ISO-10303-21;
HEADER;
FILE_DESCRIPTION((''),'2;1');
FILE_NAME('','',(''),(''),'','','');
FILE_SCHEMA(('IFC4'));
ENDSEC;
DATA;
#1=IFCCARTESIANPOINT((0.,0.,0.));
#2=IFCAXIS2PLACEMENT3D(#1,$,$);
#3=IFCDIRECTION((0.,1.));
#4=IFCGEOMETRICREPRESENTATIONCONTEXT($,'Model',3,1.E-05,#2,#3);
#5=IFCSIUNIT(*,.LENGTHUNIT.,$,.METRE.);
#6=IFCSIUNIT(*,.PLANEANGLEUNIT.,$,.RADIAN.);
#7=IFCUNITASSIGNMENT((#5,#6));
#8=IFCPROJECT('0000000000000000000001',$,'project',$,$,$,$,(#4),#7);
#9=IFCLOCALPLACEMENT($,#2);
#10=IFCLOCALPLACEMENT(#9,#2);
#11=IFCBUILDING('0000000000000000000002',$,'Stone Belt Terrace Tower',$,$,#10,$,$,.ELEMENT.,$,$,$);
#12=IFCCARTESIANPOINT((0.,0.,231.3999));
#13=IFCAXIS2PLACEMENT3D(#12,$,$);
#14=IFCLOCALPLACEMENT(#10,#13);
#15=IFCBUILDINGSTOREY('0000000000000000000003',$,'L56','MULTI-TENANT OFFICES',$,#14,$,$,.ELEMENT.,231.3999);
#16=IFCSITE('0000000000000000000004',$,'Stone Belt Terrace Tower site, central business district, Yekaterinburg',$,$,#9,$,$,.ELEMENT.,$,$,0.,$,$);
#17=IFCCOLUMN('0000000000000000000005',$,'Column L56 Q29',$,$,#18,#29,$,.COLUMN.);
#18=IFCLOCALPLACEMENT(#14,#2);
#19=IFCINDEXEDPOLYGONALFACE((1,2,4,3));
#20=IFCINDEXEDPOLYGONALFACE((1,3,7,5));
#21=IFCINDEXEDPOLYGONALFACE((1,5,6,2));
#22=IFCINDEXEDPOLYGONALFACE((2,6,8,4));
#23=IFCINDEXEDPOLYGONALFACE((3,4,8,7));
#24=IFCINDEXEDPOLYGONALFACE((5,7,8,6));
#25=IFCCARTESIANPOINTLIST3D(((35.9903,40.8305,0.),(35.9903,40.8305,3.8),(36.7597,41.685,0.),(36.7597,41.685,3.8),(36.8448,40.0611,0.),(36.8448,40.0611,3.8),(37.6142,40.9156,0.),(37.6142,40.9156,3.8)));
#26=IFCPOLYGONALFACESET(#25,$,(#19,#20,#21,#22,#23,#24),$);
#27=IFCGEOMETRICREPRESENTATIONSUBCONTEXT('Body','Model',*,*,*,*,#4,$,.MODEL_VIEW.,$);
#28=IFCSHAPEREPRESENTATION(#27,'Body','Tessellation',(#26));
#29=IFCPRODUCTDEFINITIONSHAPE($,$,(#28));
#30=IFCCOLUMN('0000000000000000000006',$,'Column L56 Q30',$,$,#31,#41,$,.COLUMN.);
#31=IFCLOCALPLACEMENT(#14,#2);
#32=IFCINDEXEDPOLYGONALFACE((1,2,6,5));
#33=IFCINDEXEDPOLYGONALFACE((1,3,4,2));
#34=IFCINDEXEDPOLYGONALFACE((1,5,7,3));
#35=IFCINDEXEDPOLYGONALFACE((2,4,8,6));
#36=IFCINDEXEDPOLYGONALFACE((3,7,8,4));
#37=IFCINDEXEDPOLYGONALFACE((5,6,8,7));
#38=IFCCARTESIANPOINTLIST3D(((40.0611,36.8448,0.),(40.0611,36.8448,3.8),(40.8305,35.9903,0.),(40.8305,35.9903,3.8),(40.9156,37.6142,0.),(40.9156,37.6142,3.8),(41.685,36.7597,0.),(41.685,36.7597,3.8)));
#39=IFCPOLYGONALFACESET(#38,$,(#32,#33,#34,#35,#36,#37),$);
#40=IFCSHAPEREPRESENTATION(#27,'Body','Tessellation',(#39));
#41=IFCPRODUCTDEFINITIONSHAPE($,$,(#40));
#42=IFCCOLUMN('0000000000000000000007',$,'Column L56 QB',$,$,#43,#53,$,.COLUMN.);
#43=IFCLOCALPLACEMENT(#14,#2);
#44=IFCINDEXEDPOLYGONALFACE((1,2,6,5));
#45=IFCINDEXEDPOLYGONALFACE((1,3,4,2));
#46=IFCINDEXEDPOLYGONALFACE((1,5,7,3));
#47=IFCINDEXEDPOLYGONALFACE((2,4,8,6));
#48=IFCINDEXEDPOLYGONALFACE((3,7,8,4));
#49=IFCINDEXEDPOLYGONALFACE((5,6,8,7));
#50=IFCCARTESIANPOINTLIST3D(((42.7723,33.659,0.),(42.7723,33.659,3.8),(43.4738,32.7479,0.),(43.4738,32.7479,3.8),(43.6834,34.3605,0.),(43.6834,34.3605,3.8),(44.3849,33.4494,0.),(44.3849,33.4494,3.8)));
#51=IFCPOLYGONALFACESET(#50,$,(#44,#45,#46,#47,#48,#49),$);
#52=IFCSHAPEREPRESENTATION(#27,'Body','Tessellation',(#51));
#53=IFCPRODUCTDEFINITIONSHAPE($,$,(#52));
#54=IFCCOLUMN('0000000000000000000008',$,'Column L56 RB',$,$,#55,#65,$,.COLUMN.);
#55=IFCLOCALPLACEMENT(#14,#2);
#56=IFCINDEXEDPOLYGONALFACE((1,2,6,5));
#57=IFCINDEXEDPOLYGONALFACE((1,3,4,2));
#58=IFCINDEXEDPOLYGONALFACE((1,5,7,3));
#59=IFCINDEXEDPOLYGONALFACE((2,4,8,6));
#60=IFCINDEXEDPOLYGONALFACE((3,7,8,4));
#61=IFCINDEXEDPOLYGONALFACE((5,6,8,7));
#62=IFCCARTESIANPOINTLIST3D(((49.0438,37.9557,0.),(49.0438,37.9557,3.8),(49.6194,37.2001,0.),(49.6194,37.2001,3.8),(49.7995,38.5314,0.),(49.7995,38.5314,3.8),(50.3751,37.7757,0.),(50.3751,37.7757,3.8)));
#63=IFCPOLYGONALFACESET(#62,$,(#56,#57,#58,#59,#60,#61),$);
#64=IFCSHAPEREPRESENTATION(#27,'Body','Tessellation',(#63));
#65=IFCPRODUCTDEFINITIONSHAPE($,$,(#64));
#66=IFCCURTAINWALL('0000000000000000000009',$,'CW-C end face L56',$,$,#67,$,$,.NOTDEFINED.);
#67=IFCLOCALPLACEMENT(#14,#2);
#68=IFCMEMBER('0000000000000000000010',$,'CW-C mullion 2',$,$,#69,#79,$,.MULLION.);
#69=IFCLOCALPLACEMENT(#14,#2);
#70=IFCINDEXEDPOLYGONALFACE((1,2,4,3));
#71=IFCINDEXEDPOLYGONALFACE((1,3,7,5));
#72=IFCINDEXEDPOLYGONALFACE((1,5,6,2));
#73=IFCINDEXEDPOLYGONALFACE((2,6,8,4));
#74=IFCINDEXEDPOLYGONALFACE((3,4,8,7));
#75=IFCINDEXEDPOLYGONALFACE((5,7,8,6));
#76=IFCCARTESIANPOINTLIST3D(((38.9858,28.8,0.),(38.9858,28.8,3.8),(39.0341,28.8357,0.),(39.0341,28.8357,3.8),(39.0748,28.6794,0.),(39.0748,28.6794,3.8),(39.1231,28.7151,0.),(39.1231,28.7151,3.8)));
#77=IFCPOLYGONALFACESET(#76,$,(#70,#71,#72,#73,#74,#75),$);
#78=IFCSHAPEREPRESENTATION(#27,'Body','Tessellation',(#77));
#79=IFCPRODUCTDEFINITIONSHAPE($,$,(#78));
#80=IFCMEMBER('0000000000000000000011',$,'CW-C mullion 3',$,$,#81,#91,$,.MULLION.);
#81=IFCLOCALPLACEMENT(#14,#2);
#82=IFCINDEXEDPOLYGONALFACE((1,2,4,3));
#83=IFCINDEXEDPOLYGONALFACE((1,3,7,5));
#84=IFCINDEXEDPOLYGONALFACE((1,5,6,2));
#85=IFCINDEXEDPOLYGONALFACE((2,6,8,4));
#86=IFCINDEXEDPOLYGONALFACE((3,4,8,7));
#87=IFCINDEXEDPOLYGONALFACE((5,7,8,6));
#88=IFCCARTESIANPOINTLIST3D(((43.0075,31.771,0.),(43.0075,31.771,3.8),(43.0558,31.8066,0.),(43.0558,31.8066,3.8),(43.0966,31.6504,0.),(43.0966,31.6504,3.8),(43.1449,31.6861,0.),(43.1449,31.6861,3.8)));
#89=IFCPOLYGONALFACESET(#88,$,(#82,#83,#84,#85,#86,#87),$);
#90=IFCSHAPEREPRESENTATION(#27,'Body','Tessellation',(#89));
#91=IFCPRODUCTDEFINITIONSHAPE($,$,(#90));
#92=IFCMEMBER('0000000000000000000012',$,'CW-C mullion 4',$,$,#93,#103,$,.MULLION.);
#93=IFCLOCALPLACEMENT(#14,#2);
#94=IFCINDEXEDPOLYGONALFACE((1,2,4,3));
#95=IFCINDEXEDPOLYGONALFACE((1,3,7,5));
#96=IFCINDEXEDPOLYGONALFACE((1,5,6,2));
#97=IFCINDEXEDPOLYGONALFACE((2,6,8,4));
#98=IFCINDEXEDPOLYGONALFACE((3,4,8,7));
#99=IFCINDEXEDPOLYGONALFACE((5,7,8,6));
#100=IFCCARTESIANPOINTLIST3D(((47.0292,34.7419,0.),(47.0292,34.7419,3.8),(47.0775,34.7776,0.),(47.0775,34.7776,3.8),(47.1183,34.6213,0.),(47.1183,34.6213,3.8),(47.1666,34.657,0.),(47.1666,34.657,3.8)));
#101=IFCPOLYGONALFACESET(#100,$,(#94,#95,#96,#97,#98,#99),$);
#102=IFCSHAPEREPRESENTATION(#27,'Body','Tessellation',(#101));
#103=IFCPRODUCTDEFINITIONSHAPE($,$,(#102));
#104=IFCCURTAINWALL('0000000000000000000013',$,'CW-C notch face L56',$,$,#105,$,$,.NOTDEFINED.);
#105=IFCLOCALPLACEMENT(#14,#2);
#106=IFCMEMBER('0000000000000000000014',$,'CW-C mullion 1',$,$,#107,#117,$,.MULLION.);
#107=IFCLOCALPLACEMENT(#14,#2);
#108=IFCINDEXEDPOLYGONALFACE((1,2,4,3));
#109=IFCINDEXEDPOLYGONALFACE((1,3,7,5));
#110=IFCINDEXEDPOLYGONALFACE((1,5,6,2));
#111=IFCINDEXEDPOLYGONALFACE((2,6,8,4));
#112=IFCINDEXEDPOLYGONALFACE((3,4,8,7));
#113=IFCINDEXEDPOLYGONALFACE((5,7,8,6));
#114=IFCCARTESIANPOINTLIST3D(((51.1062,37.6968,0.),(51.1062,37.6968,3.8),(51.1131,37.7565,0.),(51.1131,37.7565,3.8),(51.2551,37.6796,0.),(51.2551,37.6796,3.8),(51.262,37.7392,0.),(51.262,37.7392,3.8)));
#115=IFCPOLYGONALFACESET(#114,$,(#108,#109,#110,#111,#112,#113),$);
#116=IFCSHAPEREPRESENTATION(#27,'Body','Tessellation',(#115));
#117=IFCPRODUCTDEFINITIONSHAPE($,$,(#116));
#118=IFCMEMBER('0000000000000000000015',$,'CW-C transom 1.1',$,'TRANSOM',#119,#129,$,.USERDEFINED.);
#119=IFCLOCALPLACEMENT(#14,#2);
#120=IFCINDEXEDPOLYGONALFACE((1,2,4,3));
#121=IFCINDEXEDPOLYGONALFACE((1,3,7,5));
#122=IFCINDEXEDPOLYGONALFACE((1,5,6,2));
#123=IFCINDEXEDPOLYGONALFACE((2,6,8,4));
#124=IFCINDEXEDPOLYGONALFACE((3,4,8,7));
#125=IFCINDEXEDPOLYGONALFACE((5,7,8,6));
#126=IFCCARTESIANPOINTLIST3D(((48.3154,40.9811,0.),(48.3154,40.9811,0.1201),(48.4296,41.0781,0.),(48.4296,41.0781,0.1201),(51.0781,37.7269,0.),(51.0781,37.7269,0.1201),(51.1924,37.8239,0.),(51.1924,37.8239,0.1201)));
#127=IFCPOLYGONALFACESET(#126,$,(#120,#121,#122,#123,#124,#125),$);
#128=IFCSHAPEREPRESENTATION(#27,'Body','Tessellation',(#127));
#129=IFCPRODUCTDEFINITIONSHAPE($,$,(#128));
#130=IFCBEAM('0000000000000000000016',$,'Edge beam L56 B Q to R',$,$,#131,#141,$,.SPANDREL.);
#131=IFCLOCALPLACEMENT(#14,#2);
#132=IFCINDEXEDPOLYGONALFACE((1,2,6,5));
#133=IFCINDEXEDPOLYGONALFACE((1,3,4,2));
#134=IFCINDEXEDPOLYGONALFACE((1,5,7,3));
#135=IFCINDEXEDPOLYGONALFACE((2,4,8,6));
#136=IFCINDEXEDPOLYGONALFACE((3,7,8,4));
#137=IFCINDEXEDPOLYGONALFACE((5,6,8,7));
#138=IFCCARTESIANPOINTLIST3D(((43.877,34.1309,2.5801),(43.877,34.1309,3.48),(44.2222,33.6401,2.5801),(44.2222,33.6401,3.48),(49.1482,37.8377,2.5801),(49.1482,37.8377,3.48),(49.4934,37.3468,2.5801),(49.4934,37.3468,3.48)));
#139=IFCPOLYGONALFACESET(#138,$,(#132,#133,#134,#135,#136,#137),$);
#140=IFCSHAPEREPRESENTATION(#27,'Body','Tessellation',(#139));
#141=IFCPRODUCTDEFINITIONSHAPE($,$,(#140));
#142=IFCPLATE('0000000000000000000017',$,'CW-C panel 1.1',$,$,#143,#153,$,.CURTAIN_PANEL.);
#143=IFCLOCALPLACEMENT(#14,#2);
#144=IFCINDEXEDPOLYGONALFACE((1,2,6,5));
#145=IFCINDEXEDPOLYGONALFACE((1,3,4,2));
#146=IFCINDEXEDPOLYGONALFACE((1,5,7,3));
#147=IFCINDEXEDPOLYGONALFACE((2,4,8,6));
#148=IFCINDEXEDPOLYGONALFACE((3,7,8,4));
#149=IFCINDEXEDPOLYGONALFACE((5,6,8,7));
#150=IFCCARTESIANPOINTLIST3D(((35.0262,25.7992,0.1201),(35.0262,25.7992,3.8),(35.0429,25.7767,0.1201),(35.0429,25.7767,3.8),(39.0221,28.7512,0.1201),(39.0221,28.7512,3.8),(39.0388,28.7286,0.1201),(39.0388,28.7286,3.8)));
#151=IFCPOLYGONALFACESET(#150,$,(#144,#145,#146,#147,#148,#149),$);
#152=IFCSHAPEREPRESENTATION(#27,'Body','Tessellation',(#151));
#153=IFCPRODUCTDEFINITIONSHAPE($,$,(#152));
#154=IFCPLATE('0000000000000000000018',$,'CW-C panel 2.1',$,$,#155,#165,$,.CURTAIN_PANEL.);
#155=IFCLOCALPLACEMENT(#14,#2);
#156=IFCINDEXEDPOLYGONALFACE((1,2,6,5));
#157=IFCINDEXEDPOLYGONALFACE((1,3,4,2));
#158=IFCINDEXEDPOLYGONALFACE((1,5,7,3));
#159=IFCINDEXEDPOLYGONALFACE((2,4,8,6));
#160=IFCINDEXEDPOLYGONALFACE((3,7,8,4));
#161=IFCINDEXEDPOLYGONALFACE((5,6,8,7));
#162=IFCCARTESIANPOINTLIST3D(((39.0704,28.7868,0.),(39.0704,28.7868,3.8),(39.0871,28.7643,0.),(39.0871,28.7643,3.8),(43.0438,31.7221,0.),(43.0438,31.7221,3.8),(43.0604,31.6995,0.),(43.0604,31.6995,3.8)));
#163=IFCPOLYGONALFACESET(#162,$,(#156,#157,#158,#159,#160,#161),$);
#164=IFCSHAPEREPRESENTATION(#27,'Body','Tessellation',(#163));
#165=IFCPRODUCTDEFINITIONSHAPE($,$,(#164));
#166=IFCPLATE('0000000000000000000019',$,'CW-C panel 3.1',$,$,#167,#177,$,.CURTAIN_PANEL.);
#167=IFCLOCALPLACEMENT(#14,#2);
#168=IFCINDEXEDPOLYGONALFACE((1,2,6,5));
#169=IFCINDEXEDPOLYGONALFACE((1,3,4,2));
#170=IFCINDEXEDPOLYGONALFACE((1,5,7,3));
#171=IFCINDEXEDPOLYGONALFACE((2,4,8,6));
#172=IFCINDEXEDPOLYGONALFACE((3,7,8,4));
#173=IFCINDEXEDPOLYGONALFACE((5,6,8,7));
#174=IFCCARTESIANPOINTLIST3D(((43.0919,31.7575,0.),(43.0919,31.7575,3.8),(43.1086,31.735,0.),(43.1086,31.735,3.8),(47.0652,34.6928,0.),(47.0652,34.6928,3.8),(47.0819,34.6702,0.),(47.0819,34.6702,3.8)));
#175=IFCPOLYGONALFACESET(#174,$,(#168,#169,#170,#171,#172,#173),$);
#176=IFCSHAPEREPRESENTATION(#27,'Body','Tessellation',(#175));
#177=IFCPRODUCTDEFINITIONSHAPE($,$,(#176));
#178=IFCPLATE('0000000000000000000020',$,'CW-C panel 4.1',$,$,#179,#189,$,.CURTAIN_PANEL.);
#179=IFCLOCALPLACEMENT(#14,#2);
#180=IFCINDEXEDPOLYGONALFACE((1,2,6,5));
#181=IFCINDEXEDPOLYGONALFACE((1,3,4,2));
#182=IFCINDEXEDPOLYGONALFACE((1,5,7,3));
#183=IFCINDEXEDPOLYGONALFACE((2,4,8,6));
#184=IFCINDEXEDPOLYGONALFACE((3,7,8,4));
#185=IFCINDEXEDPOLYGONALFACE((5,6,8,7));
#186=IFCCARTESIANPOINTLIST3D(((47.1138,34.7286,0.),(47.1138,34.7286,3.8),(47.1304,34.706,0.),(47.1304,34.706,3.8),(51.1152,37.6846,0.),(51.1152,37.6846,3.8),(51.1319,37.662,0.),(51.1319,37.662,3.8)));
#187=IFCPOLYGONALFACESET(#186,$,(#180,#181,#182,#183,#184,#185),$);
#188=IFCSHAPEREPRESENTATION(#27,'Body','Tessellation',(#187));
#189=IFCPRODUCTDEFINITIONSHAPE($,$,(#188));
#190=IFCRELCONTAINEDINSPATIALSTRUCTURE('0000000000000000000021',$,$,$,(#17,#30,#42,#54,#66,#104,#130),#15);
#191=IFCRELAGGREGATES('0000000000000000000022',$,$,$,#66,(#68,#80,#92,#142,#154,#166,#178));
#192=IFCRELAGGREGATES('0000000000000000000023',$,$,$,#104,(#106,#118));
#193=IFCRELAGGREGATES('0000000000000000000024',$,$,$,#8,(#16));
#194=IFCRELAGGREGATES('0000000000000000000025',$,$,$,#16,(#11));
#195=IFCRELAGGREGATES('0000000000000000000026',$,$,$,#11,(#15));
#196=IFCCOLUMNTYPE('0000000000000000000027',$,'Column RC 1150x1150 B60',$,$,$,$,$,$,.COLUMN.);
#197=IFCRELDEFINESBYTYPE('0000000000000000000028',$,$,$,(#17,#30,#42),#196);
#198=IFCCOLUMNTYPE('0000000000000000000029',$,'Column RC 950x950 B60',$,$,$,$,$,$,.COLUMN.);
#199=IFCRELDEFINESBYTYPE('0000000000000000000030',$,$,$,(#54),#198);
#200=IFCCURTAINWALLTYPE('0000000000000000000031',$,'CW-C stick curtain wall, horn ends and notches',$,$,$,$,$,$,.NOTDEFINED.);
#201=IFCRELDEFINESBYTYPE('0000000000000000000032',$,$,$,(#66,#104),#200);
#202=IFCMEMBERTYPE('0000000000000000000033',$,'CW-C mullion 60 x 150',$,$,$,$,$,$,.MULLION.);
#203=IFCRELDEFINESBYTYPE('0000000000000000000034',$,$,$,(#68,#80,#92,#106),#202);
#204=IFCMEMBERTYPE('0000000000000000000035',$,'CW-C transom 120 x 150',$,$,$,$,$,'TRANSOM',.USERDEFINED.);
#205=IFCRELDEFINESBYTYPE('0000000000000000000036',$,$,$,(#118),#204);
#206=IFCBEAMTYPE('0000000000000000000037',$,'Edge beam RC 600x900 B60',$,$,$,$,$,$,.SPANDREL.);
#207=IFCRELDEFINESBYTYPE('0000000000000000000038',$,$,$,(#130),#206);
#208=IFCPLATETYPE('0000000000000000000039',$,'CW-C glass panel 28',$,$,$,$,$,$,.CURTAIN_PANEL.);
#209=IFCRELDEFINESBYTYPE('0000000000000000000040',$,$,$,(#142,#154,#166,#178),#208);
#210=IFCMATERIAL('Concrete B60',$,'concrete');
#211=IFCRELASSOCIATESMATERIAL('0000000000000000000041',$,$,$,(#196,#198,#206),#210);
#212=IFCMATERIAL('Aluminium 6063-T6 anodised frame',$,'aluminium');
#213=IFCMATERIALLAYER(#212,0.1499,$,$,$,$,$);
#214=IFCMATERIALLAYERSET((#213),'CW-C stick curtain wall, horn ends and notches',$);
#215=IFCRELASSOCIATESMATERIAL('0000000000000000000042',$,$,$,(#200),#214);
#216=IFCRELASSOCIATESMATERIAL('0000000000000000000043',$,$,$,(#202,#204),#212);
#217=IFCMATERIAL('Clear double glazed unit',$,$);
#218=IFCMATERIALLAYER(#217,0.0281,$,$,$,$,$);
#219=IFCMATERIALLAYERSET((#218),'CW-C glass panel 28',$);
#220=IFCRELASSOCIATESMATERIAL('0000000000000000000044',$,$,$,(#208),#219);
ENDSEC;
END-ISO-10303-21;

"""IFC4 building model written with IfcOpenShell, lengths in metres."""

from ifc_helpers import new_model, si_unit, direction, frame, origin, origin_2d, place, context, subcontext, project, spatial, rectangle, extrude, material, layer, layer_set, material_profile, profile_set, type_object, element, aggregate, save


model = new_model("IFC4")

# Units and contexts
model_context = context("Model", 3, precision=1e-05, world=origin(), true_north=direction((0.0, 1.0)))
body_context = subcontext(model_context, "Body", "Model", "MODEL_VIEW")
ifc_project = project(units=[si_unit("LENGTHUNIT", "METRE"), si_unit("PLANEANGLEUNIT", "RADIAN")], contexts=[model_context])

# Site, building, storey
site_placement = place(None, origin())
site = spatial("IfcSite", under=ifc_project, at=site_placement, Name="Stone Belt Terrace Tower site, central business district, Yekaterinburg", CompositionType="ELEMENT", RefElevation=0.0)
building_placement = place(site_placement, origin())
building = spatial("IfcBuilding", under=site, at=building_placement, Name="Stone Belt Terrace Tower", CompositionType="ELEMENT")
storey_placement = place(building_placement, frame((0.0, 0.0, 231.3999)))
storey = spatial("IfcBuildingStorey", under=building, at=storey_placement, Name="L56", Description="MULTI-TENANT OFFICES", CompositionType="ELEMENT", Elevation=231.3999)

# Columns
ifc_material_1 = material(Name="Concrete B60", Category="concrete")
ifc_material_profile_1 = material_profile(ifc_material_1, rectangle(XDim=1.1499, YDim=1.1499, at=origin_2d()), Name="RC 1150x1150")
ifc_profile_set_1 = profile_set([ifc_material_profile_1], Name="Concrete B60")
column_type_1 = type_object("IfcColumnType", Name="Column RC 1150x1150 B60", PredefinedType="COLUMN", material=ifc_profile_set_1)
for number, where, z_axis, x_axis, name in (
    (1, (36.8022, 40.873, 0.0), (0.0, 0.0, 1.0), (0.743145, -0.669131, 0.0), "Column L56 Q29"),
    (2, (40.873, 36.8022, 0.0), (0.0, 0.0, 1.0), (0.669131, -0.743145, 0.0), "Column L56 Q30"),
    (3, (43.5786, 33.5542, 0.0), (0.0, 0.0, 1.0), (0.610079, -0.792341, 0.0), "Column L56 QB"),
):
    element("IfcColumn", number, at=place(storey_placement, frame(where, z_axis=z_axis, x_axis=x_axis)), inside=storey, type_object=column_type_1, Name=name, PredefinedType="COLUMN", context=body_context, shape_type="SweptSolid", body=[
        extrude(rectangle(XDim=1.1499, YDim=1.1499, at=origin_2d()), origin(), (0.0, 0.0, 1.0), 3.8),
    ])
ifc_material_profile_2 = material_profile(ifc_material_1, rectangle(XDim=0.95, YDim=0.95, at=origin_2d()), Name="RC 950x950")
ifc_profile_set_2 = profile_set([ifc_material_profile_2], Name="Concrete B60")
column_type_2 = type_object("IfcColumnType", Name="Column RC 950x950 B60", PredefinedType="COLUMN", material=ifc_profile_set_2)
column_placement = place(storey_placement, frame((49.7095, 37.8657, 0.0), z_axis=(0.0, 0.0, 1.0), x_axis=(0.605961, -0.795495, 0.0)))
element("IfcColumn", 4, at=column_placement, inside=storey, type_object=column_type_2, Name="Column L56 RB", PredefinedType="COLUMN", context=body_context, shape_type="SweptSolid", body=[
    extrude(rectangle(XDim=0.95, YDim=0.95, at=origin_2d()), origin(), (0.0, 0.0, 1.0), 3.8),
])

# Curtain walls, members
ifc_material_2 = material(Name="Aluminium 6063-T6 anodised frame", Category="aluminium")
ifc_layer_1 = layer(ifc_material_2, 0.1499)
ifc_layer_set_1 = layer_set([ifc_layer_1], Name="CW-C stick curtain wall, horn ends and notches")
curtain_wall_type = type_object("IfcCurtainWallType", Name="CW-C stick curtain wall, horn ends and notches", PredefinedType="NOTDEFINED", material=ifc_layer_set_1)
curtain_wall_1_placement = place(storey_placement, origin())
curtain_wall_1 = element("IfcCurtainWall", 5, at=curtain_wall_1_placement, inside=storey, type_object=curtain_wall_type, Name="CW-C end face L56", PredefinedType="NOTDEFINED")
ifc_material_profile_3 = material_profile(ifc_material_2, rectangle(XDim=0.1499, YDim=0.0601, at=origin_2d()), Name="Aluminium 6063-T6 60x150")
ifc_profile_set_3 = profile_set([ifc_material_profile_3], Name="Aluminium 6063-T6 anodised frame")
member_type_1 = type_object("IfcMemberType", Name="CW-C mullion 60 x 150", PredefinedType="MULLION", material=ifc_profile_set_3)
member_1_placement = place(storey_placement, frame((39.0544, 28.7576, 0.0), z_axis=(0.0, 0.0, 1.0), x_axis=(-0.594184, 0.804329, 0.0)))
member_1 = element("IfcMember", 6, at=member_1_placement, type_object=member_type_1, Name="CW-C mullion 2", PredefinedType="MULLION", context=body_context, shape_type="SweptSolid", body=[
    extrude(rectangle(XDim=0.1499, YDim=0.0601, at=origin_2d()), origin(), (0.0, 0.0, 1.0), 3.8),
])
member_2_placement = place(storey_placement, frame((43.0762, 31.7285, 0.0), z_axis=(0.0, 0.0, 1.0), x_axis=(-0.594184, 0.804329, 0.0)))
member_2 = element("IfcMember", 7, at=member_2_placement, type_object=member_type_1, Name="CW-C mullion 3", PredefinedType="MULLION", context=body_context, shape_type="SweptSolid", body=[
    extrude(rectangle(XDim=0.1499, YDim=0.0601, at=origin_2d()), origin(), (0.0, 0.0, 1.0), 3.8),
])
member_3_placement = place(storey_placement, frame((47.0979, 34.6995, 0.0), z_axis=(0.0, 0.0, 1.0), x_axis=(-0.594184, 0.804329, 0.0)))
member_3 = element("IfcMember", 8, at=member_3_placement, type_object=member_type_1, Name="CW-C mullion 4", PredefinedType="MULLION", context=body_context, shape_type="SweptSolid", body=[
    extrude(rectangle(XDim=0.1499, YDim=0.0601, at=origin_2d()), origin(), (0.0, 0.0, 1.0), 3.8),
])
curtain_wall_2_placement = place(storey_placement, origin())
curtain_wall_2 = element("IfcCurtainWall", 9, at=curtain_wall_2_placement, inside=storey, type_object=curtain_wall_type, Name="CW-C notch face L56", PredefinedType="NOTDEFINED")
member_4_placement = place(storey_placement, frame((51.1841, 37.718, 0.0), z_axis=(0.0, 0.0, 1.0), x_axis=(-0.993359, 0.115057, 0.0)))
member_4 = element("IfcMember", 10, at=member_4_placement, type_object=member_type_1, Name="CW-C mullion 1", PredefinedType="MULLION", context=body_context, shape_type="SweptSolid", body=[
    extrude(rectangle(XDim=0.1499, YDim=0.0601, at=origin_2d()), origin(), (0.0, 0.0, 1.0), 3.8),
])
ifc_material_profile_4 = material_profile(ifc_material_2, rectangle(XDim=0.1499, YDim=0.1201, at=origin_2d()), Name="Aluminium 6063-T6 150x120")
ifc_profile_set_4 = profile_set([ifc_material_profile_4], Name="Aluminium 6063-T6 anodised frame")
member_type_2 = type_object("IfcMemberType", Name="CW-C transom 120 x 150", ElementType="TRANSOM", PredefinedType="USERDEFINED", material=ifc_profile_set_4)
member_5_placement = place(storey_placement, frame((51.1353, 37.7754, 0.0601), z_axis=(-0.647195, 0.762324, 0.0), x_axis=(-0.762324, -0.647195, 0.0)))
member_5 = element("IfcMember", 11, at=member_5_placement, type_object=member_type_2, Name="CW-C transom 1.1", ObjectType="TRANSOM", PredefinedType="USERDEFINED", context=body_context, shape_type="SweptSolid", body=[
    extrude(rectangle(XDim=0.1499, YDim=0.1201, at=origin_2d()), origin(), (0.0, 0.0, 1.0), 4.2688),
])

# Beam
ifc_material_profile_5 = material_profile(ifc_material_1, rectangle(XDim=0.6001, YDim=0.8999, at=origin_2d()), Name="RC 600x900")
ifc_profile_set_5 = profile_set([ifc_material_profile_5], Name="Concrete B60")
beam_type = type_object("IfcBeamType", Name="Edge beam RC 600x900 B60", PredefinedType="SPANDREL", material=ifc_profile_set_5)
beam_placement = place(storey_placement, frame((44.0496, 33.8855, 3.03), z_axis=(0.817997, 0.575223, 0.0), x_axis=(-0.575223, 0.817997, 0.0)))
element("IfcBeam", 12, at=beam_placement, inside=storey, type_object=beam_type, Name="Edge beam L56 B Q to R", PredefinedType="SPANDREL", context=body_context, shape_type="SweptSolid", body=[
    extrude(rectangle(XDim=0.6001, YDim=0.8999, at=origin_2d()), origin(), (0.0, 0.0, 1.0), 6.4441),
])

# Plates
ifc_material_3 = material(Name="Clear double glazed unit")
ifc_layer_2 = layer(ifc_material_3, 0.0281)
ifc_layer_set_2 = layer_set([ifc_layer_2], Name="CW-C glass panel 28")
plate_type = type_object("IfcPlateType", Name="CW-C glass panel 28", PredefinedType="CURTAIN_PANEL", material=ifc_layer_set_2)
plate_1_placement = place(storey_placement, frame((37.0325, 27.2639, 0.1201), z_axis=(0.0, 0.0, 1.0), x_axis=(0.804329, 0.594184, 0.0)))
plate_1 = element("IfcPlate", 13, at=plate_1_placement, type_object=plate_type, Name="CW-C panel 1.1", PredefinedType="CURTAIN_PANEL", context=body_context, shape_type="SweptSolid", body=[
    extrude(rectangle(XDim=4.968, YDim=0.0281, at=origin_2d()), origin(), (0.0, 0.0, 1.0), 3.6799),
])
plate_2_placement = place(storey_placement, frame((41.0654, 30.2432, 0.0), z_axis=(0.0, 0.0, 1.0), x_axis=(0.804329, 0.594184, 0.0)))
plate_2 = element("IfcPlate", 14, at=plate_2_placement, type_object=plate_type, Name="CW-C panel 2.1", PredefinedType="CURTAIN_PANEL", context=body_context, shape_type="SweptSolid", body=[
    extrude(rectangle(XDim=4.9399, YDim=0.0281, at=origin_2d()), origin(), (0.0, 0.0, 1.0), 3.8),
])
plate_3_placement = place(storey_placement, frame((45.0869, 33.2139, 0.0), z_axis=(0.0, 0.0, 1.0), x_axis=(0.804329, 0.594184, 0.0)))
plate_3 = element("IfcPlate", 15, at=plate_3_placement, type_object=plate_type, Name="CW-C panel 3.1", PredefinedType="CURTAIN_PANEL", context=body_context, shape_type="SweptSolid", body=[
    extrude(rectangle(XDim=4.9399, YDim=0.0281, at=origin_2d()), origin(), (0.0, 0.0, 1.0), 3.8),
])
plate_4_placement = place(storey_placement, frame((49.1228, 36.1953, 0.0), z_axis=(0.0, 0.0, 1.0), x_axis=(0.804329, 0.594184, 0.0)))
plate_4 = element("IfcPlate", 16, at=plate_4_placement, type_object=plate_type, Name="CW-C panel 4.1", PredefinedType="CURTAIN_PANEL", context=body_context, shape_type="SweptSolid", body=[
    extrude(rectangle(XDim=4.9749, YDim=0.0281, at=origin_2d()), origin(), (0.0, 0.0, 1.0), 3.8),
])
aggregate(curtain_wall_1, [member_1, member_2, member_3, plate_1, plate_2, plate_3, plate_4])
aggregate(curtain_wall_2, [member_4, member_5])

save(model, "model.ifc")
